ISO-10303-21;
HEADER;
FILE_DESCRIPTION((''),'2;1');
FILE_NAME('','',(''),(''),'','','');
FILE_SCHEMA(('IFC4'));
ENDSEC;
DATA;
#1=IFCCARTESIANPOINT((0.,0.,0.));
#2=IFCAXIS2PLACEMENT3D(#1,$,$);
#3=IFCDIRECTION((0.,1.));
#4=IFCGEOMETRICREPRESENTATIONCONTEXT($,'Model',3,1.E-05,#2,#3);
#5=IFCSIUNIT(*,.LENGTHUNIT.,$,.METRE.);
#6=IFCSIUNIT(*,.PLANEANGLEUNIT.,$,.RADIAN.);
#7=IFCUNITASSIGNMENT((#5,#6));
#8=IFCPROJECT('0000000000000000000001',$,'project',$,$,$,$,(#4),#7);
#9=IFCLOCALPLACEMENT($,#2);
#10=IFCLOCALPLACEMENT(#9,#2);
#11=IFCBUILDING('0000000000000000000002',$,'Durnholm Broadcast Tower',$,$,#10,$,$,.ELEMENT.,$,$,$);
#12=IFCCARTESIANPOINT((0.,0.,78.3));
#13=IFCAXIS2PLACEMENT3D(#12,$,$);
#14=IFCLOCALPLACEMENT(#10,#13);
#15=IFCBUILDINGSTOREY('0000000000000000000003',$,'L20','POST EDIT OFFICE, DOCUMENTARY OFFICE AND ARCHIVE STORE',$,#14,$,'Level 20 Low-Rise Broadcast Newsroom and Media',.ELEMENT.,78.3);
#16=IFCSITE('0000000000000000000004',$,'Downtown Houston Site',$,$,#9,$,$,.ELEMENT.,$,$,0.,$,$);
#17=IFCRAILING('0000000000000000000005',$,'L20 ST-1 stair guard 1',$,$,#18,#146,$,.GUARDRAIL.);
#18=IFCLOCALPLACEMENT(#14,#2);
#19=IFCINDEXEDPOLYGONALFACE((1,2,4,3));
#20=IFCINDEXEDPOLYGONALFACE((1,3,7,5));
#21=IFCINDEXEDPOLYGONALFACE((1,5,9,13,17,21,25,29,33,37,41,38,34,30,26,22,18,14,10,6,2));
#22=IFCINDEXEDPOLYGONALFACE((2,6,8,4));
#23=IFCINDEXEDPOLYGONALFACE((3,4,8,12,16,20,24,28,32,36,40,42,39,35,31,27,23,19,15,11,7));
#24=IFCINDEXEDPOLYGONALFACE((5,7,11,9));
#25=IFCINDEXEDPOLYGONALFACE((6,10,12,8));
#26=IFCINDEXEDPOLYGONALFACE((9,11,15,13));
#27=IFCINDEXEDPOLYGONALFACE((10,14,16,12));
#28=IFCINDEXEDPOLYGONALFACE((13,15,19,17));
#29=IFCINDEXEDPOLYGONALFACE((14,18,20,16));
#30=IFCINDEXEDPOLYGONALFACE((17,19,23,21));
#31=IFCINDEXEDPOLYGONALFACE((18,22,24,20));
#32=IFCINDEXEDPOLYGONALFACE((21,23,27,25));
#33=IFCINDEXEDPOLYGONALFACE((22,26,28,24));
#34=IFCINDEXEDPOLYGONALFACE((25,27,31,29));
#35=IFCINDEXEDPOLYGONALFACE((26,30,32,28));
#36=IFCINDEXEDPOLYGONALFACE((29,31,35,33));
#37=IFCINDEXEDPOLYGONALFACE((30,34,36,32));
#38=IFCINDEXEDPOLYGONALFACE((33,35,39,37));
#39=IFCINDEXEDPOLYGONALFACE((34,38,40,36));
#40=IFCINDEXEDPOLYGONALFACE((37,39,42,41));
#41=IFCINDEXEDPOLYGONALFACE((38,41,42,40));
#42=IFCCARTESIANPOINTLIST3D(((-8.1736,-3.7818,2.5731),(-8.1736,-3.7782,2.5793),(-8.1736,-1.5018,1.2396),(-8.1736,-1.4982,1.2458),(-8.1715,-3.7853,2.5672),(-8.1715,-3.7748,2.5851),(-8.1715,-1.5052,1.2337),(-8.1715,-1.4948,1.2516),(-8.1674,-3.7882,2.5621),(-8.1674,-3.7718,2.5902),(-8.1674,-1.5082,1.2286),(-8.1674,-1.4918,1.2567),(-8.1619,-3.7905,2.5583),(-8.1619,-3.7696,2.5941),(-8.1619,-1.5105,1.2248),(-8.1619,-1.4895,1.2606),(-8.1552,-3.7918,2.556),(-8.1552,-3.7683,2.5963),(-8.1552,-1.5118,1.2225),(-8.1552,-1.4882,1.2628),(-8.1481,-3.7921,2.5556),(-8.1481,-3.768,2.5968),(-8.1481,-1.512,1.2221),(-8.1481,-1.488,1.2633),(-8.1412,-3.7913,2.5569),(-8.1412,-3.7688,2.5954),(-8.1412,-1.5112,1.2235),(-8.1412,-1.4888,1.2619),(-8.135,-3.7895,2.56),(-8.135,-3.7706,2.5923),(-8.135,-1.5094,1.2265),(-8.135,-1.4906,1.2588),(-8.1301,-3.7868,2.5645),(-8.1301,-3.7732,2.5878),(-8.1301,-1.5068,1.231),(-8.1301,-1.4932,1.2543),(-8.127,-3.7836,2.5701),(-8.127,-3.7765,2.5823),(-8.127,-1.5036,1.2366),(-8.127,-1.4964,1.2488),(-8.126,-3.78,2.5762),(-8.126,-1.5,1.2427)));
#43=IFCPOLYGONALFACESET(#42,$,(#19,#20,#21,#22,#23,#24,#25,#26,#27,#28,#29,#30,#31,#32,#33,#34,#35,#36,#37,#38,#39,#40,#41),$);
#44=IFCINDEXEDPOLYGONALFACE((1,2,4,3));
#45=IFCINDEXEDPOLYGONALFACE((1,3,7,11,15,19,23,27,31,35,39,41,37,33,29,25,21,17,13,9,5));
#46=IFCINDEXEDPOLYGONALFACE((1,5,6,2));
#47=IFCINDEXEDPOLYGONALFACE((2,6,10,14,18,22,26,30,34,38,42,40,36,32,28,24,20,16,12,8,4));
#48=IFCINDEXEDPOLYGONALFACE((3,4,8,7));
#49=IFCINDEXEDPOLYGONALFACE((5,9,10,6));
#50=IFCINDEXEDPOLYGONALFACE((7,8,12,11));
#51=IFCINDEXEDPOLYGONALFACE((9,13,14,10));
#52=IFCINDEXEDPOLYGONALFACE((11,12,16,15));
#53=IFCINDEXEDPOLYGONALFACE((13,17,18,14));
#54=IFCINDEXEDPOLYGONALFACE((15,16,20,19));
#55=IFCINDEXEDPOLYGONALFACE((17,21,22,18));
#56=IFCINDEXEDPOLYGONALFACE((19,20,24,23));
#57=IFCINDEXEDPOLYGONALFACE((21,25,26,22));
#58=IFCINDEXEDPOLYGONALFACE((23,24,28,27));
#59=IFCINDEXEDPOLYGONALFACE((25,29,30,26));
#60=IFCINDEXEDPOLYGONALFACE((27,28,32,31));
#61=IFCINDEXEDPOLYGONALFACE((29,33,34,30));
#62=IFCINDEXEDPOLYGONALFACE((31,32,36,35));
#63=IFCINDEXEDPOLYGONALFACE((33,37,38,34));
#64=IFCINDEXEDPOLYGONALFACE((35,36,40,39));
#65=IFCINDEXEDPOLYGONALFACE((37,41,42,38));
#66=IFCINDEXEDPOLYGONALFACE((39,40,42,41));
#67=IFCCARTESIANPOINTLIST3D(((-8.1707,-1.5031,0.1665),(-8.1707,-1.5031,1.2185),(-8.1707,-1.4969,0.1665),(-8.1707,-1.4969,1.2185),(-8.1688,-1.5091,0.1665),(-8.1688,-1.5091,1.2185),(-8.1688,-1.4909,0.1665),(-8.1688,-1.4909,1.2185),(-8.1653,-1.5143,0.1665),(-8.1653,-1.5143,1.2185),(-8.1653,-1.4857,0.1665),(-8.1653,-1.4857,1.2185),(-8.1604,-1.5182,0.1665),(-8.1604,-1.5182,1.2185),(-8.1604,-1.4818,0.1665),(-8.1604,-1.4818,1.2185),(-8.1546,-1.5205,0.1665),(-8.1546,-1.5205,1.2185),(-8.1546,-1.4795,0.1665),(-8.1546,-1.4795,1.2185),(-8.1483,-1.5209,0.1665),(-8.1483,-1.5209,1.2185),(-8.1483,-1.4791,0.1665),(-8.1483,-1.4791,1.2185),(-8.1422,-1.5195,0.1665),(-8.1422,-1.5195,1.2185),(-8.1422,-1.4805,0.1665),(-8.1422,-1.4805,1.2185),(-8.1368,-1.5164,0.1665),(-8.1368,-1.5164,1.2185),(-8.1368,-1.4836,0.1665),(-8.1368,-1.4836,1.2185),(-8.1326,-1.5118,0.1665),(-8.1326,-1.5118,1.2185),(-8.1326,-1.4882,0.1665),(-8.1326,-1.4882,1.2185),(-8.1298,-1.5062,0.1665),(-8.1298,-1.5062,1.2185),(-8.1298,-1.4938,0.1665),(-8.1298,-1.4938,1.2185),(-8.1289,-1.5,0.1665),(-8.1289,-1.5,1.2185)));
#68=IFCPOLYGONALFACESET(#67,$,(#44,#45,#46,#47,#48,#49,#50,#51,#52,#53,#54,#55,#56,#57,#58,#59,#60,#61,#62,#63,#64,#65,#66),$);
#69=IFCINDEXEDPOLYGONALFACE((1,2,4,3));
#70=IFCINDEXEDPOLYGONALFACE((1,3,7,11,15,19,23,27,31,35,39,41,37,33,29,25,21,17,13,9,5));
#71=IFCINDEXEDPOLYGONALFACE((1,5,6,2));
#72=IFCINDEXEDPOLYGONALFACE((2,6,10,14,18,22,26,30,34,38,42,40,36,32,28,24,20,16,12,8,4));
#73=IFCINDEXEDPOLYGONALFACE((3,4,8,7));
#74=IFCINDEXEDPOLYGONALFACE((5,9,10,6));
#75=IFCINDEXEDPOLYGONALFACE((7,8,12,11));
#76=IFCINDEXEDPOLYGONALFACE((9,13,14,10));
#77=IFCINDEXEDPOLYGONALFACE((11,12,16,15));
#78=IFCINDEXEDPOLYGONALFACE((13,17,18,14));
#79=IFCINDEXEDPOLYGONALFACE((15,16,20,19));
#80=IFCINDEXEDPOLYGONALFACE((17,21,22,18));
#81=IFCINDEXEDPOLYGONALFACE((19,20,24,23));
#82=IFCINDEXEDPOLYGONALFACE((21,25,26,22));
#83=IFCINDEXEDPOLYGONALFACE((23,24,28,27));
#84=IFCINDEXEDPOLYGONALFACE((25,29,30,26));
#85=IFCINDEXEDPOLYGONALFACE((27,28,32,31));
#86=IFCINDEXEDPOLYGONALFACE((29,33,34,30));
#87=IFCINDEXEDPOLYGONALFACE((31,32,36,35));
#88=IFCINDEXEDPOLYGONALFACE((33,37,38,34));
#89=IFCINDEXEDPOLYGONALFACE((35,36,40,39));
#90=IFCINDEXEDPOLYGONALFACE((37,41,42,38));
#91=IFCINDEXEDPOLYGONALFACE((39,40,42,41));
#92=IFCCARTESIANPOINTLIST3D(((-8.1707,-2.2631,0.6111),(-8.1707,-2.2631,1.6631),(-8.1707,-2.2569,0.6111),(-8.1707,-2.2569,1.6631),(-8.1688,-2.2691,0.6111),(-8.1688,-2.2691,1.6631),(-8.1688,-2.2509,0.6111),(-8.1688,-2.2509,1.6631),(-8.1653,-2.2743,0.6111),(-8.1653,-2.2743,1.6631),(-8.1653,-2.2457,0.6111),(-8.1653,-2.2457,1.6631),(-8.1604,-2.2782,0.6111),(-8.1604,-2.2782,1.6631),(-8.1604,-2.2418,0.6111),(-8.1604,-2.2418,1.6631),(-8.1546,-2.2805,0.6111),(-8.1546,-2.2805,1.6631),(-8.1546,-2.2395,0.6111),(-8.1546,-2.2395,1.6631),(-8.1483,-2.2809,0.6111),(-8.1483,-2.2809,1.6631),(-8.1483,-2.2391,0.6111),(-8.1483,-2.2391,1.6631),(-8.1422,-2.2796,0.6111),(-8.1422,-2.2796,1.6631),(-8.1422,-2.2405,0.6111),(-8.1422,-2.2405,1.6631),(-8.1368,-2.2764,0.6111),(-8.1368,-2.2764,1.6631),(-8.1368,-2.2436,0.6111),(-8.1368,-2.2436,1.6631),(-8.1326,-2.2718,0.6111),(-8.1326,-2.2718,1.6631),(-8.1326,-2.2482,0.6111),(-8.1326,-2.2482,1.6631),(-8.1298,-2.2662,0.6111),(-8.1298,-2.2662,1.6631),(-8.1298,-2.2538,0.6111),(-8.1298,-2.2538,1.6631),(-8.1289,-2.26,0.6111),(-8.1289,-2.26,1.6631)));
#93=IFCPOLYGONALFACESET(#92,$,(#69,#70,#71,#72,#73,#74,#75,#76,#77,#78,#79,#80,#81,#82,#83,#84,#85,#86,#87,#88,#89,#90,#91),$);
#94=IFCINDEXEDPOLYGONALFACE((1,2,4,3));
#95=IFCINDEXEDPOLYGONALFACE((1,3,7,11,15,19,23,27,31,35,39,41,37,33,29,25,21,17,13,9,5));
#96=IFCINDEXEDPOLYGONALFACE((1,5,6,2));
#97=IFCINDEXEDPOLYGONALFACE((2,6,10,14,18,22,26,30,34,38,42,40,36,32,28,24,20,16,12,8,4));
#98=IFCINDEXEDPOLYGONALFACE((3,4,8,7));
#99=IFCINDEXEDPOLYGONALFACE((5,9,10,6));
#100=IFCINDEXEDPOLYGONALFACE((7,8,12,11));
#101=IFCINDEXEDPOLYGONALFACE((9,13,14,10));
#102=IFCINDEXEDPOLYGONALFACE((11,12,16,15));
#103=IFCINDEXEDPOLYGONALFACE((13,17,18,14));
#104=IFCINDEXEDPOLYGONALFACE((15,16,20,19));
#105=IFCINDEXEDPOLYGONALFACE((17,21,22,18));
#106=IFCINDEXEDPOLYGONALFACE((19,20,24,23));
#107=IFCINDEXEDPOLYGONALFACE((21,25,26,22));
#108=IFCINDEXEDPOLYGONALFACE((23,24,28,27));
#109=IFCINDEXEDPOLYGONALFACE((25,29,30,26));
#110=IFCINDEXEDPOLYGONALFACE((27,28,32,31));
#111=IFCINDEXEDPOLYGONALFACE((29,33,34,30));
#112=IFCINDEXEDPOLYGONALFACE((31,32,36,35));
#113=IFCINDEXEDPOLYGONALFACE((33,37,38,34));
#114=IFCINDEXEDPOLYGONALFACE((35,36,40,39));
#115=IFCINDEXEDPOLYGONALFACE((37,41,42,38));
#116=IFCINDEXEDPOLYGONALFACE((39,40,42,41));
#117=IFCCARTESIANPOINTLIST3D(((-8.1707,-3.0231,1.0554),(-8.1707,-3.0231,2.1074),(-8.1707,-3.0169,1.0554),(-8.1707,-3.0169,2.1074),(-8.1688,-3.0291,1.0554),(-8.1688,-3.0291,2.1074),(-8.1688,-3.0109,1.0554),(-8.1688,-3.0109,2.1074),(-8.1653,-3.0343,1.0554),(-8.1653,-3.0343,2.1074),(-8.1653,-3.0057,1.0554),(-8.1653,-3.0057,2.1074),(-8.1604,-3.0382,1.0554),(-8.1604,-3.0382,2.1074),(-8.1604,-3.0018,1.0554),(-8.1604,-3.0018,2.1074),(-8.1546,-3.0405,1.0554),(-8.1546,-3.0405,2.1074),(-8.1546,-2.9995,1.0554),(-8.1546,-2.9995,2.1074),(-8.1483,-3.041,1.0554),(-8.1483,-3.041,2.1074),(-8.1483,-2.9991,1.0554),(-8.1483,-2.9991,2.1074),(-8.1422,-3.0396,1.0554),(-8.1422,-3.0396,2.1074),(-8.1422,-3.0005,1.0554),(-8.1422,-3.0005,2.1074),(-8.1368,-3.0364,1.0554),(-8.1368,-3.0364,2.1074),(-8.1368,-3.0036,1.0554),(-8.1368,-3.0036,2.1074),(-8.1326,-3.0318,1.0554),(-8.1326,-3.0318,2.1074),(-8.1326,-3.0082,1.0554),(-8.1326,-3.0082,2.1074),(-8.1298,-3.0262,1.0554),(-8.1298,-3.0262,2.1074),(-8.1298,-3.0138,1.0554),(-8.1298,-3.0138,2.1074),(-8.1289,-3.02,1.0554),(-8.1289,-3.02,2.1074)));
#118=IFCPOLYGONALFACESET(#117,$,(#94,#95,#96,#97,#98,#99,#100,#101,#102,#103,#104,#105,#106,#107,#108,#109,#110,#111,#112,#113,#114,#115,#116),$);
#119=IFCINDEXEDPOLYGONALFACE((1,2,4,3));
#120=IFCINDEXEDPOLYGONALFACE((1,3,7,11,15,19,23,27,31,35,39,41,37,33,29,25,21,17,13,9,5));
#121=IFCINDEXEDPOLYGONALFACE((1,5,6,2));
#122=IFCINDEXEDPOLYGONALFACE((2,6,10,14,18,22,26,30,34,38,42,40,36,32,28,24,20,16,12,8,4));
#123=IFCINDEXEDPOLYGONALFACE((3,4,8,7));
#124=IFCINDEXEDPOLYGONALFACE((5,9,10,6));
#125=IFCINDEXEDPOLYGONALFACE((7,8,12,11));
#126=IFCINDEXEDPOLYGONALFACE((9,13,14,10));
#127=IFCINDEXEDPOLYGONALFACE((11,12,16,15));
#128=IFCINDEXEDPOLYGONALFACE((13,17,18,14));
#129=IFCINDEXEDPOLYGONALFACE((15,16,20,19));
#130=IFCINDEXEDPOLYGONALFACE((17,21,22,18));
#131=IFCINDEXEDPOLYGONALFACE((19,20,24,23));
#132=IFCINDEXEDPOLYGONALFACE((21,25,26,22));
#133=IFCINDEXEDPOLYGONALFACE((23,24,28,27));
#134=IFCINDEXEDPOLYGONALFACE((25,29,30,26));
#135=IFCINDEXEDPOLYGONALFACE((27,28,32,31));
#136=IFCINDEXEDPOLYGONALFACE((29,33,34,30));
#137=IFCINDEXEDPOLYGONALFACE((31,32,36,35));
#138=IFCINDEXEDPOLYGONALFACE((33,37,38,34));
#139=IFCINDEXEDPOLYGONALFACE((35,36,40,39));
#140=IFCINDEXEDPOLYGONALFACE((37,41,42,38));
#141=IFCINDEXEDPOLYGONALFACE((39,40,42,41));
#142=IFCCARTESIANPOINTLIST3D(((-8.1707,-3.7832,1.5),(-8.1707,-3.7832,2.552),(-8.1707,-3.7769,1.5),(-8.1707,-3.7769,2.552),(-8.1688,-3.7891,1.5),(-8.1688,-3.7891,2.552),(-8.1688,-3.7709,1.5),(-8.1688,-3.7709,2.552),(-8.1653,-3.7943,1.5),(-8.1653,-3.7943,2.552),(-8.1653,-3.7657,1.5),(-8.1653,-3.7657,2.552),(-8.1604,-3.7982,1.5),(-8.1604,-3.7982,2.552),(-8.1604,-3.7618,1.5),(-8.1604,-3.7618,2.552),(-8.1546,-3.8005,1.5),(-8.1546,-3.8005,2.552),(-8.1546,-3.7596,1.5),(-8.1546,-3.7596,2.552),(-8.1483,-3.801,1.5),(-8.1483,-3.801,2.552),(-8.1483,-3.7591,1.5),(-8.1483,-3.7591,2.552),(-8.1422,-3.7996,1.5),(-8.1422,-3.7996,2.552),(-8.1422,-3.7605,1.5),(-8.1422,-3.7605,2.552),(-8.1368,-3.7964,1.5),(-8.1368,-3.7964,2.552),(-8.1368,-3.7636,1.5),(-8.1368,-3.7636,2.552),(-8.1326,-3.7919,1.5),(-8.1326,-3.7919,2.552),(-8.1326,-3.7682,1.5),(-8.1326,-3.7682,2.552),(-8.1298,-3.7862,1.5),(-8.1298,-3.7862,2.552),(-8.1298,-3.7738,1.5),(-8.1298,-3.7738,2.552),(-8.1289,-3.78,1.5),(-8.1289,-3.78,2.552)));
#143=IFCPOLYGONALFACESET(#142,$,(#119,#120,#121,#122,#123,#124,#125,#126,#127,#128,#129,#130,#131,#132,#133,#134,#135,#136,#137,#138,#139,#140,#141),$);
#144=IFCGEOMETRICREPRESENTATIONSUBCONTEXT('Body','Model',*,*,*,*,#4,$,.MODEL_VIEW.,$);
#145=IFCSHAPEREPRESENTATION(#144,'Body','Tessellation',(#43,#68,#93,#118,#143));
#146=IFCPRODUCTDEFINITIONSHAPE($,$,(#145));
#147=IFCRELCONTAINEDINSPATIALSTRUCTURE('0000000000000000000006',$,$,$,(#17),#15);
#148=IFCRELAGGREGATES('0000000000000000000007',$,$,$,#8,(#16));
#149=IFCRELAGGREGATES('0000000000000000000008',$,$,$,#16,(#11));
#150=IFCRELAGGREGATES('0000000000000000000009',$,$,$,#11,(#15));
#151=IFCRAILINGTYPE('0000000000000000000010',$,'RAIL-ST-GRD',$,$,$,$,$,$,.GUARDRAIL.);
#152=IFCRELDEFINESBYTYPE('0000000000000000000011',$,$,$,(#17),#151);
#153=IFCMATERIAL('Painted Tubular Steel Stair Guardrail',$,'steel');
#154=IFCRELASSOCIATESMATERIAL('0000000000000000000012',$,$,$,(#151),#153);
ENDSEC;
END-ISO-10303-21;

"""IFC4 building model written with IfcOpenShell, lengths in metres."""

from ifc_helpers import new_model, si_unit, direction, frame, origin, origin_2d, place, context, subcontext, project, spatial, circle, extrude, material, type_object, element, save


model = new_model("IFC4")

# Units and contexts
model_context = context("Model", 3, precision=1e-05, world=origin(), true_north=direction((0.0, 1.0)))
body_context = subcontext(model_context, "Body", "Model", "MODEL_VIEW")
ifc_project = project(units=[si_unit("LENGTHUNIT", "METRE"), si_unit("PLANEANGLEUNIT", "RADIAN")], contexts=[model_context])

# Site, building, storey
site_placement = place(None, origin())
site = spatial("IfcSite", under=ifc_project, at=site_placement, Name="Downtown Houston Site", CompositionType="ELEMENT", RefElevation=0.0)
building_placement = place(site_placement, origin())
building = spatial("IfcBuilding", under=site, at=building_placement, Name="Durnholm Broadcast Tower", CompositionType="ELEMENT")
storey_placement = place(building_placement, frame((0.0, 0.0, 78.3)))
storey = spatial("IfcBuildingStorey", under=building, at=storey_placement, Name="L20", Description="POST EDIT OFFICE, DOCUMENTARY OFFICE AND ARCHIVE STORE", LongName="Level 20 Low-Rise Broadcast Newsroom and Media", CompositionType="ELEMENT", Elevation=78.3)

# Railing
ifc_material_1 = material(Name="Painted Tubular Steel Stair Guardrail", Category="steel")
railing_type_1 = type_object("IfcRailingType", Name="RAIL-ST-GRD", PredefinedType="GUARDRAIL", material=ifc_material_1)
railing_1_placement = place(storey_placement, frame((-8.1499, -1.5, 0.1665)))
element("IfcRailing", 1, at=railing_1_placement, inside=storey, type_object=railing_type_1, Name="L20 ST-1 stair guard 1", PredefinedType="GUARDRAIL", context=body_context, shape_type="SweptSolid", body=[
    extrude(circle(Radius=0.0239, at=origin_2d()), frame((0.0, 0.0, 1.0762), z_axis=(0.0, -0.863205, 0.504853), x_axis=(1.0, 0.0, 0.0)), (0.0, 0.0, 1.0), 2.6414),
    extrude(circle(Radius=0.021, at=origin_2d()), origin(), (0.0, 0.0, 1.0), 1.052),
    extrude(circle(Radius=0.021, at=origin_2d()), frame((0.0, -0.76, 0.4446)), (0.0, 0.0, 1.0), 1.052),
    extrude(circle(Radius=0.021, at=origin_2d()), frame((0.0, -1.52, 0.8889)), (0.0, 0.0, 1.0), 1.052),
    extrude(circle(Radius=0.021, at=origin_2d()), frame((0.0, -2.28, 1.3335)), (0.0, 0.0, 1.0), 1.052),
])

save(model, "model.ifc")
